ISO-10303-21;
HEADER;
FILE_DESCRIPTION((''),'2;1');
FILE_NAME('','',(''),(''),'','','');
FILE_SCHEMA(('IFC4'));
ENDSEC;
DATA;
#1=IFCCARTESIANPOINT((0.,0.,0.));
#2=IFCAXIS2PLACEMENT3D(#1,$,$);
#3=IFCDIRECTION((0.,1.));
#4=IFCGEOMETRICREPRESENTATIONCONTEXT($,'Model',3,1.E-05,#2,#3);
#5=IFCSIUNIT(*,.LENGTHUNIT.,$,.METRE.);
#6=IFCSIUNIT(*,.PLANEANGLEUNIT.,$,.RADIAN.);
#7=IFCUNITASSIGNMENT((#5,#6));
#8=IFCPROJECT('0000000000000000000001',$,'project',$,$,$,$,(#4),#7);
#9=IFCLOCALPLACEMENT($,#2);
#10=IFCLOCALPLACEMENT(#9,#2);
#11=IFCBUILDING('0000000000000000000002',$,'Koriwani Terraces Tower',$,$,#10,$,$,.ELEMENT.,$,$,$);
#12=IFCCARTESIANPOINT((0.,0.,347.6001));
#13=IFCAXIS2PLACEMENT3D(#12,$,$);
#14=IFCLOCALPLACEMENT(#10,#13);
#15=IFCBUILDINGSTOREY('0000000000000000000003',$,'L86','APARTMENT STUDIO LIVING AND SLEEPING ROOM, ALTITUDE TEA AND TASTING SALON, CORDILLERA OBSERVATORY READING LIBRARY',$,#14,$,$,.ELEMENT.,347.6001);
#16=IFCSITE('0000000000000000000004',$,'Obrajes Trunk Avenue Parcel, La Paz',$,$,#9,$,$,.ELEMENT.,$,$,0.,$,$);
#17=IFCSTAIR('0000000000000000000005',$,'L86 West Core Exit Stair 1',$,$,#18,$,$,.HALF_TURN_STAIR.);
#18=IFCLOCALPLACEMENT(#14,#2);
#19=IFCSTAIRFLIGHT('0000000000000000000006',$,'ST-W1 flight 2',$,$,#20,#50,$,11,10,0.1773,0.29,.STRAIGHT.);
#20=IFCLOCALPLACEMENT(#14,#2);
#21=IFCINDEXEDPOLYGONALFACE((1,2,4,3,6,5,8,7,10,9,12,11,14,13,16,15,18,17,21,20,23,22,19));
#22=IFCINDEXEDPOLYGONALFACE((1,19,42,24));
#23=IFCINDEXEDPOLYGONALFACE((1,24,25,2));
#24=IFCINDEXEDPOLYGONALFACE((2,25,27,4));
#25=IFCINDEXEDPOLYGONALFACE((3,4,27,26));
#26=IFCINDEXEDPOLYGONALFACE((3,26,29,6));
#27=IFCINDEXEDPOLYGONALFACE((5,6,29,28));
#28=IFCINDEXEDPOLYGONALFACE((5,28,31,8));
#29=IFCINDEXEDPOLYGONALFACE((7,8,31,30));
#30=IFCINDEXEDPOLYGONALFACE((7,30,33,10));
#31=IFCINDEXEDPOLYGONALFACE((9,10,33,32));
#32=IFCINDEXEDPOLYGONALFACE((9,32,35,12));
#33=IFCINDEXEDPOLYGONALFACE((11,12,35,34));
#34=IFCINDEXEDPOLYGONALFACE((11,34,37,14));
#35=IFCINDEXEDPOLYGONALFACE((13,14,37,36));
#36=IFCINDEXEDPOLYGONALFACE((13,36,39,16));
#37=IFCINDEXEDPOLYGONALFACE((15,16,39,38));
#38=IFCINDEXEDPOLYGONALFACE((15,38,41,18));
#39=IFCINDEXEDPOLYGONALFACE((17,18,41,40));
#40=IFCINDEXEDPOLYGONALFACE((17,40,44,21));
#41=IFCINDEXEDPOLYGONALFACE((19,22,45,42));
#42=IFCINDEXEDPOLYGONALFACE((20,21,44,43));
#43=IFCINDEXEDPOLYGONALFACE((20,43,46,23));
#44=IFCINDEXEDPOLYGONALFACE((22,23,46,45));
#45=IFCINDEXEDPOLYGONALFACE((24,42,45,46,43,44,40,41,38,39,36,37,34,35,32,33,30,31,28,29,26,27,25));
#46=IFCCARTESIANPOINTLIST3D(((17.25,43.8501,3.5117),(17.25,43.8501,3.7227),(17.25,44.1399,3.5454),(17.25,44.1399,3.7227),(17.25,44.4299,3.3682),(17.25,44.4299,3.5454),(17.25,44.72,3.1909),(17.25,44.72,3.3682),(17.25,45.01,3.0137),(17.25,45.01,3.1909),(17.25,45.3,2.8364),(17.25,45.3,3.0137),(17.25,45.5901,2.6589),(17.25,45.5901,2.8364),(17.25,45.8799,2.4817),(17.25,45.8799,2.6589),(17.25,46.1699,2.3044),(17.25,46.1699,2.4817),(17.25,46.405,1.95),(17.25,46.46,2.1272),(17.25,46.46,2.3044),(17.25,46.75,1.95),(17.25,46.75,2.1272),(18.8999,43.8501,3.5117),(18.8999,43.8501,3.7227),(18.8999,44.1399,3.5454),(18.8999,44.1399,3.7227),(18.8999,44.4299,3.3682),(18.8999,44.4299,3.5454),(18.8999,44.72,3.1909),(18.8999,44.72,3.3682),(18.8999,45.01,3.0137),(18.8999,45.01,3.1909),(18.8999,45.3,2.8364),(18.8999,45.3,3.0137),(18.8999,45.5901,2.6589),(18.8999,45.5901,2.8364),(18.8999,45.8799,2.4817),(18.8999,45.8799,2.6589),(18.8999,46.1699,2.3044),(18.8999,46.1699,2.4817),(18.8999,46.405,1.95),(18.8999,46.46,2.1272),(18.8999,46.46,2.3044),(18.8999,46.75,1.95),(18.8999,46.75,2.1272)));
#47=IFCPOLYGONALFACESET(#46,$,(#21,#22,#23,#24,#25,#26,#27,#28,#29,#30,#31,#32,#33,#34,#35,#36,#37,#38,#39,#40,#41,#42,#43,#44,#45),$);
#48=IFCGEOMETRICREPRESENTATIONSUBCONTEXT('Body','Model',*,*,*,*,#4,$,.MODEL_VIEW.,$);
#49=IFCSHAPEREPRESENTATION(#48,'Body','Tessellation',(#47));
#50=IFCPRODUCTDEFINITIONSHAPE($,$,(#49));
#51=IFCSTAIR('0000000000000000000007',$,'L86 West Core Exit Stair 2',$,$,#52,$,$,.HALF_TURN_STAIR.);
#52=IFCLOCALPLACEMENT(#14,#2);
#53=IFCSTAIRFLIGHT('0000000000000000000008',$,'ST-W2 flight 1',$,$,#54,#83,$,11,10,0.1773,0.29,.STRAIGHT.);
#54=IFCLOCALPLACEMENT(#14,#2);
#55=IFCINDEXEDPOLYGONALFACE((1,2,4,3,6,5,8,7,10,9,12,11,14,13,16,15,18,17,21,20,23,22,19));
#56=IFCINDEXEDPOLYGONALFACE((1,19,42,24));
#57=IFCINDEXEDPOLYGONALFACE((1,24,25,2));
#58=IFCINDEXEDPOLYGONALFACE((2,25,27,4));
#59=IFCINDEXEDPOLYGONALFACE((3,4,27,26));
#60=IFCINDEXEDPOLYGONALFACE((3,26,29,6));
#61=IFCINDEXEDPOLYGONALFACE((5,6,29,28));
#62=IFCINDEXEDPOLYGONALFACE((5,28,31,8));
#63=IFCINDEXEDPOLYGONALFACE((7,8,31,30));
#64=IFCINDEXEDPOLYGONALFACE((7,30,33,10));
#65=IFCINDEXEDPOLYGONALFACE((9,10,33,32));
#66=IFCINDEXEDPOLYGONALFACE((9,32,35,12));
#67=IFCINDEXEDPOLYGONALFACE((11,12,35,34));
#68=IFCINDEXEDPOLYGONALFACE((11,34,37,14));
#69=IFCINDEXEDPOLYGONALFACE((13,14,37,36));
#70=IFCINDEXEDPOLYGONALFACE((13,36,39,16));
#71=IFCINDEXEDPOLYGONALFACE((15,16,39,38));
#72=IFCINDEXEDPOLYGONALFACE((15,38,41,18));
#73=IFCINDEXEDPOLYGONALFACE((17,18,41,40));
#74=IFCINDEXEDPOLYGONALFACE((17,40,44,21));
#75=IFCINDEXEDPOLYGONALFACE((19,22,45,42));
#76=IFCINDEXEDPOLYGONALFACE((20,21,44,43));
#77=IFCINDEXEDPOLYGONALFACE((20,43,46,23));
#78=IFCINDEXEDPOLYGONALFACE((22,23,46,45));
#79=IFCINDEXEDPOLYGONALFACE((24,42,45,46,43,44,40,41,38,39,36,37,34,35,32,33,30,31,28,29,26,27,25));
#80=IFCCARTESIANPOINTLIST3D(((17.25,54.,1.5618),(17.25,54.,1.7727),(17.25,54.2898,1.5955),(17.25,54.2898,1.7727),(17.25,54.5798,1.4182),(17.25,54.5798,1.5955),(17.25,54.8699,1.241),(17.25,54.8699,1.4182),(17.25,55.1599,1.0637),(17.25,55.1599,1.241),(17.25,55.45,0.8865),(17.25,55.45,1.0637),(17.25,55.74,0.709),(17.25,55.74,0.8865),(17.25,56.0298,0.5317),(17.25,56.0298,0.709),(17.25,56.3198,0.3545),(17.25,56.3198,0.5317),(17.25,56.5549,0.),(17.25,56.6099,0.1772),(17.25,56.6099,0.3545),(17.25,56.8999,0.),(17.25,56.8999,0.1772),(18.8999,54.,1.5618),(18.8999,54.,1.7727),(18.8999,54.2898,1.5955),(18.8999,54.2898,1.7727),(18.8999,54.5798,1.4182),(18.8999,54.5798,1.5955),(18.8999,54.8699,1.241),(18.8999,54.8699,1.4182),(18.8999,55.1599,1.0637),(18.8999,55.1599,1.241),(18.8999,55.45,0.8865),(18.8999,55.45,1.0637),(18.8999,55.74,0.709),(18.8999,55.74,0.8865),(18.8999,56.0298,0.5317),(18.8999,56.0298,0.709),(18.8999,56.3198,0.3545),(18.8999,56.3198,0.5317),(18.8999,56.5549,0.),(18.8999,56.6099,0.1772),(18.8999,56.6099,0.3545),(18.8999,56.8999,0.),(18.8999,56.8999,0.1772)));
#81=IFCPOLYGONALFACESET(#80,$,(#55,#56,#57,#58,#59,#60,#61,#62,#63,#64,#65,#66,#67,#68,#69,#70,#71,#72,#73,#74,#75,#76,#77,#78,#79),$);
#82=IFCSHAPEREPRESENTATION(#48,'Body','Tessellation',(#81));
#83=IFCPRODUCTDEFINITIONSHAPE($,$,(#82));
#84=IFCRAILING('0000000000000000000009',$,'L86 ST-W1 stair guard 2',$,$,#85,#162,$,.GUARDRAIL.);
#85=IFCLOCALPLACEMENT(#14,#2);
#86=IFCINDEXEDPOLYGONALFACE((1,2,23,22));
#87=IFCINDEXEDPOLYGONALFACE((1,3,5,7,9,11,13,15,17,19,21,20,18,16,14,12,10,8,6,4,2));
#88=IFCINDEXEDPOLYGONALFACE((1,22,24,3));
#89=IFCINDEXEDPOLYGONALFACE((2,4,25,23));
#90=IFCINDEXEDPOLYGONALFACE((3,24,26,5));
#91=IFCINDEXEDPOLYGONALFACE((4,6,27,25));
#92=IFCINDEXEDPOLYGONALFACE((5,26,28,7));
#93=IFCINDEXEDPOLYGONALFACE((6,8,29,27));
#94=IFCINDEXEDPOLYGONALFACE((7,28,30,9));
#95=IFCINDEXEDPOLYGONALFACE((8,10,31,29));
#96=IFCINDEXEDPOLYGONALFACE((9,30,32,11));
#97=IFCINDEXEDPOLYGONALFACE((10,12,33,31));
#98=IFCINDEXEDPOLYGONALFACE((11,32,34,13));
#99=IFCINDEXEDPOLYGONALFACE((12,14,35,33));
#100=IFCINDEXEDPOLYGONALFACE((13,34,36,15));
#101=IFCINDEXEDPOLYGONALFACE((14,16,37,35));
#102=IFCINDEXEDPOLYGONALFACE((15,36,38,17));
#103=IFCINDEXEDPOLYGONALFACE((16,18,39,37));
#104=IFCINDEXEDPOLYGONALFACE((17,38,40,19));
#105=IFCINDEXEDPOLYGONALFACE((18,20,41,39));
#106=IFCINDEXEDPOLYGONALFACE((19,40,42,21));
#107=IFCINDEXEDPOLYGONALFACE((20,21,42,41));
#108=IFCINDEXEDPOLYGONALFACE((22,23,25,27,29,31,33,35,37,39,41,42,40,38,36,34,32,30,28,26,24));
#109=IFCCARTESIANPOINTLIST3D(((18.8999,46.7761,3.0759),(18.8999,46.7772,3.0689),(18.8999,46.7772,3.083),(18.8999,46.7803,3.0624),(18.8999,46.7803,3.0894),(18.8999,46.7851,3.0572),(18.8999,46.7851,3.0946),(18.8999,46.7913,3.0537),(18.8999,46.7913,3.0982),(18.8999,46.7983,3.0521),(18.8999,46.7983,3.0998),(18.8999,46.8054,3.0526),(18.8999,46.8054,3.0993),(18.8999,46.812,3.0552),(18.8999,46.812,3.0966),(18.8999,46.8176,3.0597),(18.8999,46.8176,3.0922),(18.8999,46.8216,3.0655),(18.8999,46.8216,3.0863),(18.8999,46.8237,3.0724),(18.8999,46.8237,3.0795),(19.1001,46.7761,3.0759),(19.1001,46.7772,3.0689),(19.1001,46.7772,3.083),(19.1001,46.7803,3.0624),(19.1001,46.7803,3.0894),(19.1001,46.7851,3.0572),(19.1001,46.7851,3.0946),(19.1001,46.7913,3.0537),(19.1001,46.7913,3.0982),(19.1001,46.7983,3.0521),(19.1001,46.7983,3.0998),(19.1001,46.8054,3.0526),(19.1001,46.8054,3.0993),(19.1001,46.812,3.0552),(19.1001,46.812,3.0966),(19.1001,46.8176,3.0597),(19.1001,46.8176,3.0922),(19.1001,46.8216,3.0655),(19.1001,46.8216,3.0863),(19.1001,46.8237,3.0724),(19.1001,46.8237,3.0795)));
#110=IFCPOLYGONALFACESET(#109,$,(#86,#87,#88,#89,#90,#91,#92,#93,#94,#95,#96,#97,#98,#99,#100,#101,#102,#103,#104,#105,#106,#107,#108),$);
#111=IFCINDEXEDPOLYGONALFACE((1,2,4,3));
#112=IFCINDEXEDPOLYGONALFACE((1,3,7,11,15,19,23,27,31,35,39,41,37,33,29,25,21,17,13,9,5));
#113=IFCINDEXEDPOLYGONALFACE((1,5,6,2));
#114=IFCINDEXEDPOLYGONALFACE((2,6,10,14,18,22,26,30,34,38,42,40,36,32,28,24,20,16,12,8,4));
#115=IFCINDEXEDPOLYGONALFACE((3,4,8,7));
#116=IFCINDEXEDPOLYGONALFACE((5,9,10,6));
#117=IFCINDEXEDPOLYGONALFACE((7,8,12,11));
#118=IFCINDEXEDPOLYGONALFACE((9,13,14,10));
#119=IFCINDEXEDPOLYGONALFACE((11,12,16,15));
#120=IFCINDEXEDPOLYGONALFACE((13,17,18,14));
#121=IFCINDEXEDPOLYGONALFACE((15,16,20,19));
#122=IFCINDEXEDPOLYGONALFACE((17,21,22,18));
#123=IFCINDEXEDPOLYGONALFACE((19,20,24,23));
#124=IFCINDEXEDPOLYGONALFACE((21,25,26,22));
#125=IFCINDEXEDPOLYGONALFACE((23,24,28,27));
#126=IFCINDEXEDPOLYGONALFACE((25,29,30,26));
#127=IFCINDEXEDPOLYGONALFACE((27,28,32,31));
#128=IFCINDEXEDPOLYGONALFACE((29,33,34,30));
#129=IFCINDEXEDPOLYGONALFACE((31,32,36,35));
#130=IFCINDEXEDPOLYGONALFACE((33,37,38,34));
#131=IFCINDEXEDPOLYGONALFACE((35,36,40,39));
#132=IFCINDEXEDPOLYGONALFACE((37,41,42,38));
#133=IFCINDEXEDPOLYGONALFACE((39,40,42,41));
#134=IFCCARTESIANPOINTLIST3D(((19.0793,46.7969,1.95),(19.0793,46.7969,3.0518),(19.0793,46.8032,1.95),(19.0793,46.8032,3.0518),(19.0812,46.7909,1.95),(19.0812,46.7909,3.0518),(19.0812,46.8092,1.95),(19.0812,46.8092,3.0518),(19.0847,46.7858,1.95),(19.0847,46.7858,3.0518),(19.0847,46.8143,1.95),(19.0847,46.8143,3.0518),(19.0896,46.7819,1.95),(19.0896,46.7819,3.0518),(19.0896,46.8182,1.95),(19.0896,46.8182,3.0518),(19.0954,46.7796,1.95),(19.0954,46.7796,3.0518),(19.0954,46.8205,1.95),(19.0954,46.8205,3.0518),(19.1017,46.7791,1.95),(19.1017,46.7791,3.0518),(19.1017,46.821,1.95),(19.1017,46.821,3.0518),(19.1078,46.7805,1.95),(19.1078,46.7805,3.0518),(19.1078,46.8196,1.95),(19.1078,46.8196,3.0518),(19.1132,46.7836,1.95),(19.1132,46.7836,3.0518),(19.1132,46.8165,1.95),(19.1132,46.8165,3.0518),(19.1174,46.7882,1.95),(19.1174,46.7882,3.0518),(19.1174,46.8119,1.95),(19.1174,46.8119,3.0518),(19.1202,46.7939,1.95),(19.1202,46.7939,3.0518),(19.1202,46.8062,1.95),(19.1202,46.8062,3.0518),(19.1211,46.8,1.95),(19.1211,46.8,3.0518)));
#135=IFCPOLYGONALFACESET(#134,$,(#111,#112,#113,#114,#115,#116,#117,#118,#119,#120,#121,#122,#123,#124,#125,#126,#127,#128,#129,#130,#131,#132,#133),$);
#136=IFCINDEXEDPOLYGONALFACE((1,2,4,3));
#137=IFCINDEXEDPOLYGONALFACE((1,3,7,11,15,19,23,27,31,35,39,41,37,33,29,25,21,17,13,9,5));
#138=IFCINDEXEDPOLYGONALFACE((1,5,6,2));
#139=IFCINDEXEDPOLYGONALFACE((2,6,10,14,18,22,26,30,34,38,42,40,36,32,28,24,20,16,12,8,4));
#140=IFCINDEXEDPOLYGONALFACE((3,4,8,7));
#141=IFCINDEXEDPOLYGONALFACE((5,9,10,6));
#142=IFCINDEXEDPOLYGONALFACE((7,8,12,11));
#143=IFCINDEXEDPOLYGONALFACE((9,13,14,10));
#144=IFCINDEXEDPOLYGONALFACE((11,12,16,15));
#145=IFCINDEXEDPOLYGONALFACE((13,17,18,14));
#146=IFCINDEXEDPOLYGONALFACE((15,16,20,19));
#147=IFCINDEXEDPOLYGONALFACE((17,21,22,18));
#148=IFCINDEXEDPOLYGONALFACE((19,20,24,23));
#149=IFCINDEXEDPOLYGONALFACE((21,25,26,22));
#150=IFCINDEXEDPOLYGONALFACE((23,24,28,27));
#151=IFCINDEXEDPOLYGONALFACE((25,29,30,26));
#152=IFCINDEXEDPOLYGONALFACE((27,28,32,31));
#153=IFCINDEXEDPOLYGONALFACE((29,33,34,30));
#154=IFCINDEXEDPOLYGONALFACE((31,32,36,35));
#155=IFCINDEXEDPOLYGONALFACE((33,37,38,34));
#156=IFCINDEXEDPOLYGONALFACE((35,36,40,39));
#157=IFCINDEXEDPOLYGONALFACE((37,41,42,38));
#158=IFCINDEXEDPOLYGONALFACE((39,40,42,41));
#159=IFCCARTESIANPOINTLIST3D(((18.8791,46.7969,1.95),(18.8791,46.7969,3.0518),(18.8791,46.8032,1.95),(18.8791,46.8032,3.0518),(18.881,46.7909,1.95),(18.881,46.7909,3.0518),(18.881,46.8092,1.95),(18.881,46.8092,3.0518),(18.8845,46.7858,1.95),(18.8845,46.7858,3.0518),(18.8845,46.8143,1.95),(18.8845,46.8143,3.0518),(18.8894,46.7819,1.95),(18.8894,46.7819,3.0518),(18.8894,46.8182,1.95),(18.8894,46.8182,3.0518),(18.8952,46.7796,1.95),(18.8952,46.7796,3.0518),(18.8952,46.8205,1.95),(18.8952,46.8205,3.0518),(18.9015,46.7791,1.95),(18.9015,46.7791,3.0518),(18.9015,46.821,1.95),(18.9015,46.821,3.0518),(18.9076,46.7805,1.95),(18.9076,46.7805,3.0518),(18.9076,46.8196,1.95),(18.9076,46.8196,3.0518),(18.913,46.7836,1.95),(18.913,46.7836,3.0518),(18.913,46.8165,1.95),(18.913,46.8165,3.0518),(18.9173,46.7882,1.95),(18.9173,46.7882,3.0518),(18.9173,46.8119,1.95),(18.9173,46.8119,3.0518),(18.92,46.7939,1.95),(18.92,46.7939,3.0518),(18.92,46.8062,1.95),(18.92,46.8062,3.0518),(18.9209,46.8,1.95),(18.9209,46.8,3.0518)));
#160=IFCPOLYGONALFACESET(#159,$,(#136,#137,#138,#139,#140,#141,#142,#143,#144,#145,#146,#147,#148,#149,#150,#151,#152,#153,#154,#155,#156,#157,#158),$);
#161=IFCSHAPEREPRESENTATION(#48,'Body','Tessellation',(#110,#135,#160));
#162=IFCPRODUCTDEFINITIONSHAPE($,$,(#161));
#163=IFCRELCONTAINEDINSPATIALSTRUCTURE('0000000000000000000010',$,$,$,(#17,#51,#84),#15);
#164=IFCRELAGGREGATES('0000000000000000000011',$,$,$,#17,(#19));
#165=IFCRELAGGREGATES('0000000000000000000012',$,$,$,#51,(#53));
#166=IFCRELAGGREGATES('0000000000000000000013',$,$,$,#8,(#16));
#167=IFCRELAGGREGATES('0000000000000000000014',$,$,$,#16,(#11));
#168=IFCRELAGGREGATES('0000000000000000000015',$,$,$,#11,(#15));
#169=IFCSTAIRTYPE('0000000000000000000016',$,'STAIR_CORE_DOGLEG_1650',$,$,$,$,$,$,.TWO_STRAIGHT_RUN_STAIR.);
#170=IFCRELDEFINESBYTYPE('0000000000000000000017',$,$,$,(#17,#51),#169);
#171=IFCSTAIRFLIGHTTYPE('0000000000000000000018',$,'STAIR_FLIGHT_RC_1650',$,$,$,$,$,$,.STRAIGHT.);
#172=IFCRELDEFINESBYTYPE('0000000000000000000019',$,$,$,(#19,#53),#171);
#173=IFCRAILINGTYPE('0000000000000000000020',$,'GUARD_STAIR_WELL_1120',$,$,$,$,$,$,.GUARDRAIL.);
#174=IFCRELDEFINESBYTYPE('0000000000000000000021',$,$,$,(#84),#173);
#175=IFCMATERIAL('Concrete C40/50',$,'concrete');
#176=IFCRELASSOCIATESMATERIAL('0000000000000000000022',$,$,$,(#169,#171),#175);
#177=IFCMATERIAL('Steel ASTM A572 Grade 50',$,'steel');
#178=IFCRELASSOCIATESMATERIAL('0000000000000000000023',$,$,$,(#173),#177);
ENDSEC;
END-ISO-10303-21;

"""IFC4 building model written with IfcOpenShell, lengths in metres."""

from ifc_helpers import new_model, si_unit, direction, frame, origin, origin_2d, place, context, subcontext, project, spatial, polyline, circle, outline, extrude, material, type_object, element, aggregate, save


model = new_model("IFC4")

# Units and contexts
model_context = context("Model", 3, precision=1e-05, world=origin(), true_north=direction((0.0, 1.0)))
body_context = subcontext(model_context, "Body", "Model", "MODEL_VIEW")
ifc_project = project(units=[si_unit("LENGTHUNIT", "METRE"), si_unit("PLANEANGLEUNIT", "RADIAN")], contexts=[model_context])

# Site, building, storey
site_placement = place(None, origin())
site = spatial("IfcSite", under=ifc_project, at=site_placement, Name="Obrajes Trunk Avenue Parcel, La Paz", CompositionType="ELEMENT", RefElevation=0.0)
building_placement = place(site_placement, origin())
building = spatial("IfcBuilding", under=site, at=building_placement, Name="Koriwani Terraces Tower", CompositionType="ELEMENT")
storey_placement = place(building_placement, frame((0.0, 0.0, 347.6001)))
storey = spatial("IfcBuildingStorey", under=building, at=storey_placement, Name="L86", Description="APARTMENT STUDIO LIVING AND SLEEPING ROOM, ALTITUDE TEA AND TASTING SALON, CORDILLERA OBSERVATORY READING LIBRARY", CompositionType="ELEMENT", Elevation=347.6001)

# Shared definitions
ifc_material_1 = material(Name="Concrete C40/50", Category="concrete")

# Shared definitions
ifc_material_2 = material(Name="Steel ASTM A572 Grade 50", Category="steel")

# Stairs, stair flights
stair_type = type_object("IfcStairType", Name="STAIR_CORE_DOGLEG_1650", PredefinedType="TWO_STRAIGHT_RUN_STAIR", material=ifc_material_1)
stair_1_placement = place(storey_placement, origin())
stair_1 = element("IfcStair", 1, at=stair_1_placement, inside=storey, type_object=stair_type, Name="L86 West Core Exit Stair 1", PredefinedType="HALF_TURN_STAIR")
stair_flight_type = type_object("IfcStairFlightType", Name="STAIR_FLIGHT_RC_1650", PredefinedType="STRAIGHT", material=ifc_material_1)
stair_flight_1_placement = place(storey_placement, frame((18.075, 46.75, 1.95), z_axis=(0.0, 0.0, 1.0), x_axis=(0.0, -1.0, 0.0)))
stair_flight_1 = element("IfcStairFlight", 2, at=stair_flight_1_placement, type_object=stair_flight_type, Name="ST-W1 flight 2", NumberOfRisers=11, NumberOfTreads=10, PredefinedType="STRAIGHT", RiserHeight=0.1773, TreadLength=0.29, context=body_context, shape_type="SweptSolid", body=[
    extrude(outline(polyline([(0.0, 0.0), (0.0, 0.1772), (0.29, 0.1772), (0.29, 0.3545), (0.5801, 0.3545), (0.5801, 0.5317), (0.8701, 0.5317), (0.8701, 0.709), (1.1599, 0.709), (1.1599, 0.8865), (1.45, 0.8865), (1.45, 1.0637), (1.74, 1.0637), (1.74, 1.241), (2.03, 1.241), (2.03, 1.4182), (2.3201, 1.4182), (2.3201, 1.5955), (2.6101, 1.5955), (2.6101, 1.7727), (2.8999, 1.7727), (2.8999, 1.95), (2.8999, 1.5618), (0.345, 0.0), (0.0, 0.0)])), frame((0.0, 0.825, 0.0), z_axis=(0.0, -1.0, 0.0), x_axis=(1.0, 0.0, 0.0)), (0.0, 0.0, 1.0), 1.6499),
])
aggregate(stair_1, [stair_flight_1])
stair_2_placement = place(storey_placement, origin())
stair_2 = element("IfcStair", 3, at=stair_2_placement, inside=storey, type_object=stair_type, Name="L86 West Core Exit Stair 2", PredefinedType="HALF_TURN_STAIR")
stair_flight_2_placement = place(storey_placement, frame((18.075, 56.8999, 0.0), z_axis=(0.0, 0.0, 1.0), x_axis=(0.0, -1.0, 0.0)))
stair_flight_2 = element("IfcStairFlight", 4, at=stair_flight_2_placement, type_object=stair_flight_type, Name="ST-W2 flight 1", NumberOfRisers=11, NumberOfTreads=10, PredefinedType="STRAIGHT", RiserHeight=0.1773, TreadLength=0.29, context=body_context, shape_type="SweptSolid", body=[
    extrude(outline(polyline([(0.0, 0.0), (0.0, 0.1772), (0.29, 0.1772), (0.29, 0.3545), (0.5801, 0.3545), (0.5801, 0.5317), (0.8701, 0.5317), (0.8701, 0.709), (1.1599, 0.709), (1.1599, 0.8865), (1.45, 0.8865), (1.45, 1.0637), (1.74, 1.0637), (1.74, 1.241), (2.03, 1.241), (2.03, 1.4182), (2.3201, 1.4182), (2.3201, 1.5955), (2.6101, 1.5955), (2.6101, 1.7727), (2.8999, 1.7727), (2.8999, 1.95), (2.8999, 1.5618), (0.345, 0.0), (0.0, 0.0)])), frame((0.0, 0.825, 0.0), z_axis=(0.0, -1.0, 0.0), x_axis=(1.0, 0.0, 0.0)), (0.0, 0.0, 1.0), 1.6499),
])
aggregate(stair_2, [stair_flight_2])

# Railing
railing_type_1 = type_object("IfcRailingType", Name="GUARD_STAIR_WELL_1120", PredefinedType="GUARDRAIL", material=ifc_material_2)
railing_1_placement = place(storey_placement, frame((19.1001, 46.8, 1.95)))
element("IfcRailing", 5, at=railing_1_placement, inside=storey, type_object=railing_type_1, Name="L86 ST-W1 stair guard 2", PredefinedType="GUARDRAIL", context=body_context, shape_type="SweptSolid", body=[
    extrude(circle(Radius=0.0239, at=origin_2d()), frame((0.0, 0.0, 1.126), z_axis=(-1.0, 0.0, 0.0), x_axis=(0.0, -1.0, 0.0)), (0.0, 0.0, 1.0), 0.2002),
    extrude(circle(Radius=0.021, at=origin_2d()), origin(), (0.0, 0.0, 1.0), 1.1018),
    extrude(circle(Radius=0.021, at=origin_2d()), frame((-0.2002, 0.0, 0.0)), (0.0, 0.0, 1.0), 1.1018),
])

save(model, "model.ifc")
